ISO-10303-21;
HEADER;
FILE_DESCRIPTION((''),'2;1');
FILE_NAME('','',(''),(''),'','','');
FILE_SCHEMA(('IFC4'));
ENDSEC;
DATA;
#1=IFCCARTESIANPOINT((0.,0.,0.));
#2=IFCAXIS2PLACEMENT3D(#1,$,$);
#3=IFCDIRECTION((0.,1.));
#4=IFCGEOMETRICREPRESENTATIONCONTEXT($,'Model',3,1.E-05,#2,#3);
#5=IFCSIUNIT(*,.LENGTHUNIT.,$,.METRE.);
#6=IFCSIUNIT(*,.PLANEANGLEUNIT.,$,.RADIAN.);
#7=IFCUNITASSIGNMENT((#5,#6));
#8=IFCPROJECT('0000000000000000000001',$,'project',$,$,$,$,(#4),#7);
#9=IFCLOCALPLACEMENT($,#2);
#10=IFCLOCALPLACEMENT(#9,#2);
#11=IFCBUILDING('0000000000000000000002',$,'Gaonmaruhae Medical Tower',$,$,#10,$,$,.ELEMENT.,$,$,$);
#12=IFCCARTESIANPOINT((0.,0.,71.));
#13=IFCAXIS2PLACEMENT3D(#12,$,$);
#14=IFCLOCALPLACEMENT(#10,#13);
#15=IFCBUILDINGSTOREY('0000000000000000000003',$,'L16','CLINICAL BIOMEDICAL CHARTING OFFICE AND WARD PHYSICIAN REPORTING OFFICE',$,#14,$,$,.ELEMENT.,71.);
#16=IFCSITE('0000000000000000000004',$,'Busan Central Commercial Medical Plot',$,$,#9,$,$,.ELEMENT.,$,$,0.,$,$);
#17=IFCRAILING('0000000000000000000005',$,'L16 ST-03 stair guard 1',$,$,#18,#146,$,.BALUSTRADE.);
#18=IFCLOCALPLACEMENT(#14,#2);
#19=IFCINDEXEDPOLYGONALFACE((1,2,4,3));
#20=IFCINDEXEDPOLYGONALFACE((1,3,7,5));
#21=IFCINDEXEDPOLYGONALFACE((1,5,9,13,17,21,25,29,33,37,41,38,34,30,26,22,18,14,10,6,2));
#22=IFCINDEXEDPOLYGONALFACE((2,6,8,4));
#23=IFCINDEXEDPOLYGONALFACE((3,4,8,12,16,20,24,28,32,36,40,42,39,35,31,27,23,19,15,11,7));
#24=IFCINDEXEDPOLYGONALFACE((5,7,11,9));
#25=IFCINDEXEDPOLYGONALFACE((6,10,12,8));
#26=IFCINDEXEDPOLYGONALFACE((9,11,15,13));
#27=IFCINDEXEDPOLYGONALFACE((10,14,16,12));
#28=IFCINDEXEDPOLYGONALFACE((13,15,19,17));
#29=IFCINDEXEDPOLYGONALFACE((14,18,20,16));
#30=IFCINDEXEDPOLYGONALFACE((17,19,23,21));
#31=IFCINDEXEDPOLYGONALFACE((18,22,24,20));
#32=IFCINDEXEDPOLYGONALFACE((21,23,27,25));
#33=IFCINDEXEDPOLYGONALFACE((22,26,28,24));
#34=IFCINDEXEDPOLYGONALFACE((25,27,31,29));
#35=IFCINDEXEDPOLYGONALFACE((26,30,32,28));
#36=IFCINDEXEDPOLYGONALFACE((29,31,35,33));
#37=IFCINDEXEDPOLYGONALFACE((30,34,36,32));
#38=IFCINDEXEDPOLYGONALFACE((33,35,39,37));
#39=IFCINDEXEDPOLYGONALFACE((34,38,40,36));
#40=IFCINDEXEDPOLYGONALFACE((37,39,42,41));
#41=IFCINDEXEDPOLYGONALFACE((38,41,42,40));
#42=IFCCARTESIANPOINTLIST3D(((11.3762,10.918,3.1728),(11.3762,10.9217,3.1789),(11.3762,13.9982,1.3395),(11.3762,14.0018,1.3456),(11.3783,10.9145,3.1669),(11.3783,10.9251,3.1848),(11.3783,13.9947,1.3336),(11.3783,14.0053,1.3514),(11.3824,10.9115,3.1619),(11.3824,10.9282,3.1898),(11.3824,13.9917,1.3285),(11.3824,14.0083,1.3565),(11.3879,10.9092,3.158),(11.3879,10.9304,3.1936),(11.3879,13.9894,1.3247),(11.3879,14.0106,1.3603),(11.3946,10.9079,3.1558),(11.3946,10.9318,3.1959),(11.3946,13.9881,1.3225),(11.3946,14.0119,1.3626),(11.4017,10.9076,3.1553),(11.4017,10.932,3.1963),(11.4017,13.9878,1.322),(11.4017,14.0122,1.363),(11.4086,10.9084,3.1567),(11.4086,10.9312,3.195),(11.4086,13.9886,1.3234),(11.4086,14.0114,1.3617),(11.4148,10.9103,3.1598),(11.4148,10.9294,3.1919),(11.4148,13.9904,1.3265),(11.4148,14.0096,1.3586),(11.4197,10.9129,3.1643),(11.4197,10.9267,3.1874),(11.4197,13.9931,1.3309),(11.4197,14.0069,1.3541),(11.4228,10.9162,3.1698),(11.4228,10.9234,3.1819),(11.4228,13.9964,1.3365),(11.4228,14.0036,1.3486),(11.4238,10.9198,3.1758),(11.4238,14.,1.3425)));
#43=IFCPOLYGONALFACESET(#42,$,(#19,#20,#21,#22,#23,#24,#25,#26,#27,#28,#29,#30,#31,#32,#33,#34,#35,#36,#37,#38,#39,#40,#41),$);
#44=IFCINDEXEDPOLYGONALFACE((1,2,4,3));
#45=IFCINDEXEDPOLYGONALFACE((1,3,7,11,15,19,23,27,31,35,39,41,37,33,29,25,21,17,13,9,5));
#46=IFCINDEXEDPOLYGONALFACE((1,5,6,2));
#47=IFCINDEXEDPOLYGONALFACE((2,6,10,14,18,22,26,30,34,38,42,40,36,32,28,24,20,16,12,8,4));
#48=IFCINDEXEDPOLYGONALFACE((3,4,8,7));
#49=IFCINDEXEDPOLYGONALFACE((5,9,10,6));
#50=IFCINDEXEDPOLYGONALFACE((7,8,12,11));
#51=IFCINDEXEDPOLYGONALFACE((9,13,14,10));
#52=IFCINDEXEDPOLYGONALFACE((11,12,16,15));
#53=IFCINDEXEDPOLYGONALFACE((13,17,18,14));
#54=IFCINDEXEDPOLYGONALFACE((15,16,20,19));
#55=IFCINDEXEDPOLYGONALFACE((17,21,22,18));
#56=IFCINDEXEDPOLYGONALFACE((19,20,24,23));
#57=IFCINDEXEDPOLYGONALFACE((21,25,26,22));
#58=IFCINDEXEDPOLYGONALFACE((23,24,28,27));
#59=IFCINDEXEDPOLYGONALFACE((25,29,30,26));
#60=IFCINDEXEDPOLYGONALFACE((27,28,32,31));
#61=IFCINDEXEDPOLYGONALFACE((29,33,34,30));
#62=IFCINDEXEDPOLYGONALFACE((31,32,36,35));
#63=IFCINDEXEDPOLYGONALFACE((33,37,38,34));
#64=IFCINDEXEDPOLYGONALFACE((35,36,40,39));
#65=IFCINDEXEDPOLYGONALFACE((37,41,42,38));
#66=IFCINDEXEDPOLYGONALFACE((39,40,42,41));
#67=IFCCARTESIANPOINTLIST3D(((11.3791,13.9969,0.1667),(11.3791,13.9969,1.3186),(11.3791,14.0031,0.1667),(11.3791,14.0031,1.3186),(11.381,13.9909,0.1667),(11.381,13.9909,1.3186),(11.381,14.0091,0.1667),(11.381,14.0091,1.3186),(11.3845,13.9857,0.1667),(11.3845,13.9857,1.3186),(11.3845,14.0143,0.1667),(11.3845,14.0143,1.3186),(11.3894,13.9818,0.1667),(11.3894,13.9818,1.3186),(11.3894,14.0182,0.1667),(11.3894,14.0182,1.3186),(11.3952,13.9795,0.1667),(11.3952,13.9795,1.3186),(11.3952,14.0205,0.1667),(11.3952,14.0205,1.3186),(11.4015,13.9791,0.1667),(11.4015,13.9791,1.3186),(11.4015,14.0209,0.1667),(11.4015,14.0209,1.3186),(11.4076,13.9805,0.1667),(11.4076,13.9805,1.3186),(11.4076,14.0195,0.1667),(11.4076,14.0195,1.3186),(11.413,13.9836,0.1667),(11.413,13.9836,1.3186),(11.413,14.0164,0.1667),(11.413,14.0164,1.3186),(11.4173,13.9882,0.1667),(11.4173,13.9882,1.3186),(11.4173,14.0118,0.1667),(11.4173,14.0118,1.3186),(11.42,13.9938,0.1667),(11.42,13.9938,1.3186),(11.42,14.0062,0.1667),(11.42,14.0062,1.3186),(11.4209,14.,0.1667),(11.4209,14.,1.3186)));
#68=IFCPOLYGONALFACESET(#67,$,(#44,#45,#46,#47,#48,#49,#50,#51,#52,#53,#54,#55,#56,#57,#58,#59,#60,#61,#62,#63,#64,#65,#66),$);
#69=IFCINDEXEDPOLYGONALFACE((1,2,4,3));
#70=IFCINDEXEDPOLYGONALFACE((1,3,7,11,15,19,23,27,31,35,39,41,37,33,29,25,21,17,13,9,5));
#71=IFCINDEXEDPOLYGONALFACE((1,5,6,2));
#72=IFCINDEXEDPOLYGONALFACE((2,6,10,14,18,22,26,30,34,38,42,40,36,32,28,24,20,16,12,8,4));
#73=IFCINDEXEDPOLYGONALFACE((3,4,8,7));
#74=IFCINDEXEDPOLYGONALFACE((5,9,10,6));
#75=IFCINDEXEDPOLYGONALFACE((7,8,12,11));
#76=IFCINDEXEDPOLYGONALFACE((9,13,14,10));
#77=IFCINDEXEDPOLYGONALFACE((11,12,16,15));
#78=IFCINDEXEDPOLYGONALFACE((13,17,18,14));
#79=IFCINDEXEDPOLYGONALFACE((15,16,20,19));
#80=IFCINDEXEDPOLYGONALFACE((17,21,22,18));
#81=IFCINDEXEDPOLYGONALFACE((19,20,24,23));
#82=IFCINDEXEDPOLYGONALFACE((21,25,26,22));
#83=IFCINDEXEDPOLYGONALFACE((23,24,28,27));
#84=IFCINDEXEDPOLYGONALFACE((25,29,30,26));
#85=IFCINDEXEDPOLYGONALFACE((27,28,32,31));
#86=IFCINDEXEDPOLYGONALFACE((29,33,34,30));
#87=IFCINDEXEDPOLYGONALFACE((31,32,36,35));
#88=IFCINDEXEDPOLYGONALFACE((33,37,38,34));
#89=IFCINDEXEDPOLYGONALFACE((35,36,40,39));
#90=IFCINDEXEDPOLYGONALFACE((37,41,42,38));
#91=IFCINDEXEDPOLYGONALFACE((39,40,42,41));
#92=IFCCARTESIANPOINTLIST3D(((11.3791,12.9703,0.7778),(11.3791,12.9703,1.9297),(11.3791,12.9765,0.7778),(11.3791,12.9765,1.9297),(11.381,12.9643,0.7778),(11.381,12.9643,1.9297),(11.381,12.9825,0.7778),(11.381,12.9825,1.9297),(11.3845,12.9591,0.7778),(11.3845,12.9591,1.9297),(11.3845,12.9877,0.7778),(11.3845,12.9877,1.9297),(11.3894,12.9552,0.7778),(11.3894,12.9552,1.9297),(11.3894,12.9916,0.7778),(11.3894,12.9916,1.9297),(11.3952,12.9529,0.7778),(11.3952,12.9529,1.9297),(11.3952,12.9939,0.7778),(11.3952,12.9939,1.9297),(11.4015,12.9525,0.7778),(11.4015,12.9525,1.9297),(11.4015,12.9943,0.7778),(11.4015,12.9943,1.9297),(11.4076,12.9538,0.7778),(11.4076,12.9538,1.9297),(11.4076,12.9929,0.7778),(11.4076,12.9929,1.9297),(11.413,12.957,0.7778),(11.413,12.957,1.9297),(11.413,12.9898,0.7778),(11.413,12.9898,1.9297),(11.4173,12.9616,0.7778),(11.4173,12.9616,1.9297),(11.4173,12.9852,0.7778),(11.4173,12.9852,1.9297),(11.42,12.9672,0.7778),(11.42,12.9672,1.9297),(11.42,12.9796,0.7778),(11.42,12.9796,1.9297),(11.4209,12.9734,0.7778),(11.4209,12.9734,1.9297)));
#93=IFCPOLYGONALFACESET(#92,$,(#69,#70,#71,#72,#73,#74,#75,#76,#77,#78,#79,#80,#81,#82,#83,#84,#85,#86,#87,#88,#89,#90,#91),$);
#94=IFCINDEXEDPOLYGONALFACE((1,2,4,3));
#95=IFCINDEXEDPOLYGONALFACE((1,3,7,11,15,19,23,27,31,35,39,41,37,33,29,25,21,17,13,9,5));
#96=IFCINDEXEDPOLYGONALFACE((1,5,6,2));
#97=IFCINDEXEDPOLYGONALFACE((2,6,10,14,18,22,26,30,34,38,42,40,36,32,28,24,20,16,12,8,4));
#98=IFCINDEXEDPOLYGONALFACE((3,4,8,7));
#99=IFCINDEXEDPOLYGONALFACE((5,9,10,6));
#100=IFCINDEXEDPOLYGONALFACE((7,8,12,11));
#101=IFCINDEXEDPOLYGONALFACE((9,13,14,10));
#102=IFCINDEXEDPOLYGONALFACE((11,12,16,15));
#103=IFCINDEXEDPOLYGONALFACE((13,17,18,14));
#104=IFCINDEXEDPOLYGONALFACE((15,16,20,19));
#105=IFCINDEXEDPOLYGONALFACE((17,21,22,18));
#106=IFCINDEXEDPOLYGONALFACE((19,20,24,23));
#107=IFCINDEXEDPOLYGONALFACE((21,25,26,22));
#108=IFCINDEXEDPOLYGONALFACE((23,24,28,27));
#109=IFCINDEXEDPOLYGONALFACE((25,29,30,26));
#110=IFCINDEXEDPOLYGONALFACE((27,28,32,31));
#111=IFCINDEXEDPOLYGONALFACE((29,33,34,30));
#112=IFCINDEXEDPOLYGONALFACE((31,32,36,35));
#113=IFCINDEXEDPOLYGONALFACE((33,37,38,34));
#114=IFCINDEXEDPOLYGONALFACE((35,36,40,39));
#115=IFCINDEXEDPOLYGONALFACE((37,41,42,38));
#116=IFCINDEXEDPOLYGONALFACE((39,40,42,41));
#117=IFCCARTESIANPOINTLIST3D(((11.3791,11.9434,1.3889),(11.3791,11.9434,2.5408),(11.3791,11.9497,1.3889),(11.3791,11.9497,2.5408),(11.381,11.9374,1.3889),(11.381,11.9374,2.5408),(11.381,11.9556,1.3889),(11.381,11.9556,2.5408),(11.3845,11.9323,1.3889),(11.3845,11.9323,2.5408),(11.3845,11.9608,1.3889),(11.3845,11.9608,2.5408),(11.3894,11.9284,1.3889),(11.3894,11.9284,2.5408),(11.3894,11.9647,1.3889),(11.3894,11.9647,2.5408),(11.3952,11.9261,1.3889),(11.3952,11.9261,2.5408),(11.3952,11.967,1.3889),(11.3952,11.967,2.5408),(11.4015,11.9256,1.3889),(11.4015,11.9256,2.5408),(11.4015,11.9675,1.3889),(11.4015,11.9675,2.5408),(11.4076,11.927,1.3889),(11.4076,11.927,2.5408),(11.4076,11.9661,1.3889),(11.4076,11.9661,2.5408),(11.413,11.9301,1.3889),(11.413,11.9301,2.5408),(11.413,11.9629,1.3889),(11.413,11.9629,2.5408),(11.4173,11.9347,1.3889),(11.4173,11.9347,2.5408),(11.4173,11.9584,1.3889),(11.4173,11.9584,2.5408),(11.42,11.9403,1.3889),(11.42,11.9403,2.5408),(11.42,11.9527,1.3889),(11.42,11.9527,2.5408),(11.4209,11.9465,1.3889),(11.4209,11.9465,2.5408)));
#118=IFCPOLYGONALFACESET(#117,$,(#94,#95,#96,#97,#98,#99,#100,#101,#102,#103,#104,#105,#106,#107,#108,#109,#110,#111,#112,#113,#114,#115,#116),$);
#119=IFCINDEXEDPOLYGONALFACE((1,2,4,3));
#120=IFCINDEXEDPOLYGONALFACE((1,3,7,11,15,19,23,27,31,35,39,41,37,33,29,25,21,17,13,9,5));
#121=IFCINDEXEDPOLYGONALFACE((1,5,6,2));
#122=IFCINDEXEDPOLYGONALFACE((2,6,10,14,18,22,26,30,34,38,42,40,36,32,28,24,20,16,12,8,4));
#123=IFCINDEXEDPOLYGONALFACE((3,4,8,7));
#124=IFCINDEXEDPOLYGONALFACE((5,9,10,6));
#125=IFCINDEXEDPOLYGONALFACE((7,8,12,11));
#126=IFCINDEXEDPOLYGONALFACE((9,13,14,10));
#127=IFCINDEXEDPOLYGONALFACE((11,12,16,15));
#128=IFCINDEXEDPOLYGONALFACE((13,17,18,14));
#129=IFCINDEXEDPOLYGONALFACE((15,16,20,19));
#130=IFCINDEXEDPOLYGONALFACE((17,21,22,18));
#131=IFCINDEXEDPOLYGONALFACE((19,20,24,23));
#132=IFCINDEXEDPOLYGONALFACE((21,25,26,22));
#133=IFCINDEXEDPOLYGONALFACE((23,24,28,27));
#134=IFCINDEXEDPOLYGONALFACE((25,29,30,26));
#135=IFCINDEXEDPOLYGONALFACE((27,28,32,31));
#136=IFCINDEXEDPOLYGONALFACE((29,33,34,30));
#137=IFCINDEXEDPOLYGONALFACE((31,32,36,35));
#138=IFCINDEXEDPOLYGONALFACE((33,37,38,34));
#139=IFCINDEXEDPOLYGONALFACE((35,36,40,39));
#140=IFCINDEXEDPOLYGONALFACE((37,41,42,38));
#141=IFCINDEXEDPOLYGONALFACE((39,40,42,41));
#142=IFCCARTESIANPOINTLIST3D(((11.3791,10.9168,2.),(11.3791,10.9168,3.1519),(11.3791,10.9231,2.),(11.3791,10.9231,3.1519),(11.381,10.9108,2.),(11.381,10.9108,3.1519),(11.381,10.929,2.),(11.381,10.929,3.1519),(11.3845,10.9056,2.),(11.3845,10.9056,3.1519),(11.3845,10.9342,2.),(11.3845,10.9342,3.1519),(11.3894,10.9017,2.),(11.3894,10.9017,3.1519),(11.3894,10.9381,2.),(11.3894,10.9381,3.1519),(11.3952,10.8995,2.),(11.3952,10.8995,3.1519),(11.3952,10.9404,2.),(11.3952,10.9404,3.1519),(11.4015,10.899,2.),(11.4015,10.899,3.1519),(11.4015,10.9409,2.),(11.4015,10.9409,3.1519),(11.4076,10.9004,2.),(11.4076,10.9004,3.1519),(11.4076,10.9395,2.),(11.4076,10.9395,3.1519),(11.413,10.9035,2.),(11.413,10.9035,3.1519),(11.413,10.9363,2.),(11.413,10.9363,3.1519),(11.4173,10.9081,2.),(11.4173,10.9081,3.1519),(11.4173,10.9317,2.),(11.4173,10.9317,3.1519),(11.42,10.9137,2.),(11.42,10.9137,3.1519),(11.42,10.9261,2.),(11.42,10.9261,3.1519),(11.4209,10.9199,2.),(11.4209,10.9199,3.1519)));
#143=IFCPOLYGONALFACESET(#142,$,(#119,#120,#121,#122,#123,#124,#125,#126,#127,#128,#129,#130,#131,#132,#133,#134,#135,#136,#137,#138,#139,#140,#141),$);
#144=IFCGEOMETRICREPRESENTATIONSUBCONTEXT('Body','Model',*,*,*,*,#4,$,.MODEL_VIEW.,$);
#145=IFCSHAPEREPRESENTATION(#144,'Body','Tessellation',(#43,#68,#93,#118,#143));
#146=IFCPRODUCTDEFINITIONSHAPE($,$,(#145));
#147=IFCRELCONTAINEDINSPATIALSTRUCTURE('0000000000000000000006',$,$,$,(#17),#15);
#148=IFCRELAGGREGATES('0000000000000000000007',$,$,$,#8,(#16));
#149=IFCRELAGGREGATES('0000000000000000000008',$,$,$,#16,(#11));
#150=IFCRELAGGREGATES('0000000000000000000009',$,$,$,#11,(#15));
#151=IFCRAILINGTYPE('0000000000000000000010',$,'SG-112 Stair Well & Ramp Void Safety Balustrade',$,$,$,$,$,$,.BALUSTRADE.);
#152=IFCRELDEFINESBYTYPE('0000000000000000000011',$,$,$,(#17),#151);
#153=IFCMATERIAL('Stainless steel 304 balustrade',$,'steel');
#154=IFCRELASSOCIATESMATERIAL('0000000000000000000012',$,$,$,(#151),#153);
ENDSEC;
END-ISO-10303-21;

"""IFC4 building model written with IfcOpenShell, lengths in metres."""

from ifc_helpers import new_model, si_unit, direction, frame, origin, origin_2d, place, context, subcontext, project, spatial, circle, extrude, material, type_object, element, save


model = new_model("IFC4")

# Units and contexts
model_context = context("Model", 3, precision=1e-05, world=origin(), true_north=direction((0.0, 1.0)))
body_context = subcontext(model_context, "Body", "Model", "MODEL_VIEW")
ifc_project = project(units=[si_unit("LENGTHUNIT", "METRE"), si_unit("PLANEANGLEUNIT", "RADIAN")], contexts=[model_context])

# Site, building, storey
site_placement = place(None, origin())
site = spatial("IfcSite", under=ifc_project, at=site_placement, Name="Busan Central Commercial Medical Plot", CompositionType="ELEMENT", RefElevation=0.0)
building_placement = place(site_placement, origin())
building = spatial("IfcBuilding", under=site, at=building_placement, Name="Gaonmaruhae Medical Tower", CompositionType="ELEMENT")
storey_placement = place(building_placement, frame((0.0, 0.0, 71.0)))
storey = spatial("IfcBuildingStorey", under=building, at=storey_placement, Name="L16", Description="CLINICAL BIOMEDICAL CHARTING OFFICE AND WARD PHYSICIAN REPORTING OFFICE", CompositionType="ELEMENT", Elevation=71.0)

# Railing
ifc_material_1 = material(Name="Stainless steel 304 balustrade", Category="steel")
railing_type_1 = type_object("IfcRailingType", Name="SG-112 Stair Well & Ramp Void Safety Balustrade", PredefinedType="BALUSTRADE", material=ifc_material_1)
railing_1_placement = place(storey_placement, frame((11.3999, 14.0, 0.1667)))
element("IfcRailing", 1, at=railing_1_placement, inside=storey, type_object=railing_type_1, Name="L16 ST-03 stair guard 1", PredefinedType="BALUSTRADE", context=body_context, shape_type="SweptSolid", body=[
    extrude(circle(Radius=0.0239, at=origin_2d()), frame((0.0, 0.0, 1.1758), z_axis=(0.0, -0.859309, 0.511458), x_axis=(1.0, 0.0, 0.0)), (0.0, 0.0, 1.0), 3.5845),
    extrude(circle(Radius=0.021, at=origin_2d()), origin(), (0.0, 0.0, 1.0), 1.1519),
    extrude(circle(Radius=0.021, at=origin_2d()), frame((0.0, -1.0266, 0.6111)), (0.0, 0.0, 1.0), 1.1519),
    extrude(circle(Radius=0.021, at=origin_2d()), frame((0.0, -2.0535, 1.2222)), (0.0, 0.0, 1.0), 1.1519),
    extrude(circle(Radius=0.021, at=origin_2d()), frame((0.0, -3.0801, 1.8333)), (0.0, 0.0, 1.0), 1.1519),
])

save(model, "model.ifc")
